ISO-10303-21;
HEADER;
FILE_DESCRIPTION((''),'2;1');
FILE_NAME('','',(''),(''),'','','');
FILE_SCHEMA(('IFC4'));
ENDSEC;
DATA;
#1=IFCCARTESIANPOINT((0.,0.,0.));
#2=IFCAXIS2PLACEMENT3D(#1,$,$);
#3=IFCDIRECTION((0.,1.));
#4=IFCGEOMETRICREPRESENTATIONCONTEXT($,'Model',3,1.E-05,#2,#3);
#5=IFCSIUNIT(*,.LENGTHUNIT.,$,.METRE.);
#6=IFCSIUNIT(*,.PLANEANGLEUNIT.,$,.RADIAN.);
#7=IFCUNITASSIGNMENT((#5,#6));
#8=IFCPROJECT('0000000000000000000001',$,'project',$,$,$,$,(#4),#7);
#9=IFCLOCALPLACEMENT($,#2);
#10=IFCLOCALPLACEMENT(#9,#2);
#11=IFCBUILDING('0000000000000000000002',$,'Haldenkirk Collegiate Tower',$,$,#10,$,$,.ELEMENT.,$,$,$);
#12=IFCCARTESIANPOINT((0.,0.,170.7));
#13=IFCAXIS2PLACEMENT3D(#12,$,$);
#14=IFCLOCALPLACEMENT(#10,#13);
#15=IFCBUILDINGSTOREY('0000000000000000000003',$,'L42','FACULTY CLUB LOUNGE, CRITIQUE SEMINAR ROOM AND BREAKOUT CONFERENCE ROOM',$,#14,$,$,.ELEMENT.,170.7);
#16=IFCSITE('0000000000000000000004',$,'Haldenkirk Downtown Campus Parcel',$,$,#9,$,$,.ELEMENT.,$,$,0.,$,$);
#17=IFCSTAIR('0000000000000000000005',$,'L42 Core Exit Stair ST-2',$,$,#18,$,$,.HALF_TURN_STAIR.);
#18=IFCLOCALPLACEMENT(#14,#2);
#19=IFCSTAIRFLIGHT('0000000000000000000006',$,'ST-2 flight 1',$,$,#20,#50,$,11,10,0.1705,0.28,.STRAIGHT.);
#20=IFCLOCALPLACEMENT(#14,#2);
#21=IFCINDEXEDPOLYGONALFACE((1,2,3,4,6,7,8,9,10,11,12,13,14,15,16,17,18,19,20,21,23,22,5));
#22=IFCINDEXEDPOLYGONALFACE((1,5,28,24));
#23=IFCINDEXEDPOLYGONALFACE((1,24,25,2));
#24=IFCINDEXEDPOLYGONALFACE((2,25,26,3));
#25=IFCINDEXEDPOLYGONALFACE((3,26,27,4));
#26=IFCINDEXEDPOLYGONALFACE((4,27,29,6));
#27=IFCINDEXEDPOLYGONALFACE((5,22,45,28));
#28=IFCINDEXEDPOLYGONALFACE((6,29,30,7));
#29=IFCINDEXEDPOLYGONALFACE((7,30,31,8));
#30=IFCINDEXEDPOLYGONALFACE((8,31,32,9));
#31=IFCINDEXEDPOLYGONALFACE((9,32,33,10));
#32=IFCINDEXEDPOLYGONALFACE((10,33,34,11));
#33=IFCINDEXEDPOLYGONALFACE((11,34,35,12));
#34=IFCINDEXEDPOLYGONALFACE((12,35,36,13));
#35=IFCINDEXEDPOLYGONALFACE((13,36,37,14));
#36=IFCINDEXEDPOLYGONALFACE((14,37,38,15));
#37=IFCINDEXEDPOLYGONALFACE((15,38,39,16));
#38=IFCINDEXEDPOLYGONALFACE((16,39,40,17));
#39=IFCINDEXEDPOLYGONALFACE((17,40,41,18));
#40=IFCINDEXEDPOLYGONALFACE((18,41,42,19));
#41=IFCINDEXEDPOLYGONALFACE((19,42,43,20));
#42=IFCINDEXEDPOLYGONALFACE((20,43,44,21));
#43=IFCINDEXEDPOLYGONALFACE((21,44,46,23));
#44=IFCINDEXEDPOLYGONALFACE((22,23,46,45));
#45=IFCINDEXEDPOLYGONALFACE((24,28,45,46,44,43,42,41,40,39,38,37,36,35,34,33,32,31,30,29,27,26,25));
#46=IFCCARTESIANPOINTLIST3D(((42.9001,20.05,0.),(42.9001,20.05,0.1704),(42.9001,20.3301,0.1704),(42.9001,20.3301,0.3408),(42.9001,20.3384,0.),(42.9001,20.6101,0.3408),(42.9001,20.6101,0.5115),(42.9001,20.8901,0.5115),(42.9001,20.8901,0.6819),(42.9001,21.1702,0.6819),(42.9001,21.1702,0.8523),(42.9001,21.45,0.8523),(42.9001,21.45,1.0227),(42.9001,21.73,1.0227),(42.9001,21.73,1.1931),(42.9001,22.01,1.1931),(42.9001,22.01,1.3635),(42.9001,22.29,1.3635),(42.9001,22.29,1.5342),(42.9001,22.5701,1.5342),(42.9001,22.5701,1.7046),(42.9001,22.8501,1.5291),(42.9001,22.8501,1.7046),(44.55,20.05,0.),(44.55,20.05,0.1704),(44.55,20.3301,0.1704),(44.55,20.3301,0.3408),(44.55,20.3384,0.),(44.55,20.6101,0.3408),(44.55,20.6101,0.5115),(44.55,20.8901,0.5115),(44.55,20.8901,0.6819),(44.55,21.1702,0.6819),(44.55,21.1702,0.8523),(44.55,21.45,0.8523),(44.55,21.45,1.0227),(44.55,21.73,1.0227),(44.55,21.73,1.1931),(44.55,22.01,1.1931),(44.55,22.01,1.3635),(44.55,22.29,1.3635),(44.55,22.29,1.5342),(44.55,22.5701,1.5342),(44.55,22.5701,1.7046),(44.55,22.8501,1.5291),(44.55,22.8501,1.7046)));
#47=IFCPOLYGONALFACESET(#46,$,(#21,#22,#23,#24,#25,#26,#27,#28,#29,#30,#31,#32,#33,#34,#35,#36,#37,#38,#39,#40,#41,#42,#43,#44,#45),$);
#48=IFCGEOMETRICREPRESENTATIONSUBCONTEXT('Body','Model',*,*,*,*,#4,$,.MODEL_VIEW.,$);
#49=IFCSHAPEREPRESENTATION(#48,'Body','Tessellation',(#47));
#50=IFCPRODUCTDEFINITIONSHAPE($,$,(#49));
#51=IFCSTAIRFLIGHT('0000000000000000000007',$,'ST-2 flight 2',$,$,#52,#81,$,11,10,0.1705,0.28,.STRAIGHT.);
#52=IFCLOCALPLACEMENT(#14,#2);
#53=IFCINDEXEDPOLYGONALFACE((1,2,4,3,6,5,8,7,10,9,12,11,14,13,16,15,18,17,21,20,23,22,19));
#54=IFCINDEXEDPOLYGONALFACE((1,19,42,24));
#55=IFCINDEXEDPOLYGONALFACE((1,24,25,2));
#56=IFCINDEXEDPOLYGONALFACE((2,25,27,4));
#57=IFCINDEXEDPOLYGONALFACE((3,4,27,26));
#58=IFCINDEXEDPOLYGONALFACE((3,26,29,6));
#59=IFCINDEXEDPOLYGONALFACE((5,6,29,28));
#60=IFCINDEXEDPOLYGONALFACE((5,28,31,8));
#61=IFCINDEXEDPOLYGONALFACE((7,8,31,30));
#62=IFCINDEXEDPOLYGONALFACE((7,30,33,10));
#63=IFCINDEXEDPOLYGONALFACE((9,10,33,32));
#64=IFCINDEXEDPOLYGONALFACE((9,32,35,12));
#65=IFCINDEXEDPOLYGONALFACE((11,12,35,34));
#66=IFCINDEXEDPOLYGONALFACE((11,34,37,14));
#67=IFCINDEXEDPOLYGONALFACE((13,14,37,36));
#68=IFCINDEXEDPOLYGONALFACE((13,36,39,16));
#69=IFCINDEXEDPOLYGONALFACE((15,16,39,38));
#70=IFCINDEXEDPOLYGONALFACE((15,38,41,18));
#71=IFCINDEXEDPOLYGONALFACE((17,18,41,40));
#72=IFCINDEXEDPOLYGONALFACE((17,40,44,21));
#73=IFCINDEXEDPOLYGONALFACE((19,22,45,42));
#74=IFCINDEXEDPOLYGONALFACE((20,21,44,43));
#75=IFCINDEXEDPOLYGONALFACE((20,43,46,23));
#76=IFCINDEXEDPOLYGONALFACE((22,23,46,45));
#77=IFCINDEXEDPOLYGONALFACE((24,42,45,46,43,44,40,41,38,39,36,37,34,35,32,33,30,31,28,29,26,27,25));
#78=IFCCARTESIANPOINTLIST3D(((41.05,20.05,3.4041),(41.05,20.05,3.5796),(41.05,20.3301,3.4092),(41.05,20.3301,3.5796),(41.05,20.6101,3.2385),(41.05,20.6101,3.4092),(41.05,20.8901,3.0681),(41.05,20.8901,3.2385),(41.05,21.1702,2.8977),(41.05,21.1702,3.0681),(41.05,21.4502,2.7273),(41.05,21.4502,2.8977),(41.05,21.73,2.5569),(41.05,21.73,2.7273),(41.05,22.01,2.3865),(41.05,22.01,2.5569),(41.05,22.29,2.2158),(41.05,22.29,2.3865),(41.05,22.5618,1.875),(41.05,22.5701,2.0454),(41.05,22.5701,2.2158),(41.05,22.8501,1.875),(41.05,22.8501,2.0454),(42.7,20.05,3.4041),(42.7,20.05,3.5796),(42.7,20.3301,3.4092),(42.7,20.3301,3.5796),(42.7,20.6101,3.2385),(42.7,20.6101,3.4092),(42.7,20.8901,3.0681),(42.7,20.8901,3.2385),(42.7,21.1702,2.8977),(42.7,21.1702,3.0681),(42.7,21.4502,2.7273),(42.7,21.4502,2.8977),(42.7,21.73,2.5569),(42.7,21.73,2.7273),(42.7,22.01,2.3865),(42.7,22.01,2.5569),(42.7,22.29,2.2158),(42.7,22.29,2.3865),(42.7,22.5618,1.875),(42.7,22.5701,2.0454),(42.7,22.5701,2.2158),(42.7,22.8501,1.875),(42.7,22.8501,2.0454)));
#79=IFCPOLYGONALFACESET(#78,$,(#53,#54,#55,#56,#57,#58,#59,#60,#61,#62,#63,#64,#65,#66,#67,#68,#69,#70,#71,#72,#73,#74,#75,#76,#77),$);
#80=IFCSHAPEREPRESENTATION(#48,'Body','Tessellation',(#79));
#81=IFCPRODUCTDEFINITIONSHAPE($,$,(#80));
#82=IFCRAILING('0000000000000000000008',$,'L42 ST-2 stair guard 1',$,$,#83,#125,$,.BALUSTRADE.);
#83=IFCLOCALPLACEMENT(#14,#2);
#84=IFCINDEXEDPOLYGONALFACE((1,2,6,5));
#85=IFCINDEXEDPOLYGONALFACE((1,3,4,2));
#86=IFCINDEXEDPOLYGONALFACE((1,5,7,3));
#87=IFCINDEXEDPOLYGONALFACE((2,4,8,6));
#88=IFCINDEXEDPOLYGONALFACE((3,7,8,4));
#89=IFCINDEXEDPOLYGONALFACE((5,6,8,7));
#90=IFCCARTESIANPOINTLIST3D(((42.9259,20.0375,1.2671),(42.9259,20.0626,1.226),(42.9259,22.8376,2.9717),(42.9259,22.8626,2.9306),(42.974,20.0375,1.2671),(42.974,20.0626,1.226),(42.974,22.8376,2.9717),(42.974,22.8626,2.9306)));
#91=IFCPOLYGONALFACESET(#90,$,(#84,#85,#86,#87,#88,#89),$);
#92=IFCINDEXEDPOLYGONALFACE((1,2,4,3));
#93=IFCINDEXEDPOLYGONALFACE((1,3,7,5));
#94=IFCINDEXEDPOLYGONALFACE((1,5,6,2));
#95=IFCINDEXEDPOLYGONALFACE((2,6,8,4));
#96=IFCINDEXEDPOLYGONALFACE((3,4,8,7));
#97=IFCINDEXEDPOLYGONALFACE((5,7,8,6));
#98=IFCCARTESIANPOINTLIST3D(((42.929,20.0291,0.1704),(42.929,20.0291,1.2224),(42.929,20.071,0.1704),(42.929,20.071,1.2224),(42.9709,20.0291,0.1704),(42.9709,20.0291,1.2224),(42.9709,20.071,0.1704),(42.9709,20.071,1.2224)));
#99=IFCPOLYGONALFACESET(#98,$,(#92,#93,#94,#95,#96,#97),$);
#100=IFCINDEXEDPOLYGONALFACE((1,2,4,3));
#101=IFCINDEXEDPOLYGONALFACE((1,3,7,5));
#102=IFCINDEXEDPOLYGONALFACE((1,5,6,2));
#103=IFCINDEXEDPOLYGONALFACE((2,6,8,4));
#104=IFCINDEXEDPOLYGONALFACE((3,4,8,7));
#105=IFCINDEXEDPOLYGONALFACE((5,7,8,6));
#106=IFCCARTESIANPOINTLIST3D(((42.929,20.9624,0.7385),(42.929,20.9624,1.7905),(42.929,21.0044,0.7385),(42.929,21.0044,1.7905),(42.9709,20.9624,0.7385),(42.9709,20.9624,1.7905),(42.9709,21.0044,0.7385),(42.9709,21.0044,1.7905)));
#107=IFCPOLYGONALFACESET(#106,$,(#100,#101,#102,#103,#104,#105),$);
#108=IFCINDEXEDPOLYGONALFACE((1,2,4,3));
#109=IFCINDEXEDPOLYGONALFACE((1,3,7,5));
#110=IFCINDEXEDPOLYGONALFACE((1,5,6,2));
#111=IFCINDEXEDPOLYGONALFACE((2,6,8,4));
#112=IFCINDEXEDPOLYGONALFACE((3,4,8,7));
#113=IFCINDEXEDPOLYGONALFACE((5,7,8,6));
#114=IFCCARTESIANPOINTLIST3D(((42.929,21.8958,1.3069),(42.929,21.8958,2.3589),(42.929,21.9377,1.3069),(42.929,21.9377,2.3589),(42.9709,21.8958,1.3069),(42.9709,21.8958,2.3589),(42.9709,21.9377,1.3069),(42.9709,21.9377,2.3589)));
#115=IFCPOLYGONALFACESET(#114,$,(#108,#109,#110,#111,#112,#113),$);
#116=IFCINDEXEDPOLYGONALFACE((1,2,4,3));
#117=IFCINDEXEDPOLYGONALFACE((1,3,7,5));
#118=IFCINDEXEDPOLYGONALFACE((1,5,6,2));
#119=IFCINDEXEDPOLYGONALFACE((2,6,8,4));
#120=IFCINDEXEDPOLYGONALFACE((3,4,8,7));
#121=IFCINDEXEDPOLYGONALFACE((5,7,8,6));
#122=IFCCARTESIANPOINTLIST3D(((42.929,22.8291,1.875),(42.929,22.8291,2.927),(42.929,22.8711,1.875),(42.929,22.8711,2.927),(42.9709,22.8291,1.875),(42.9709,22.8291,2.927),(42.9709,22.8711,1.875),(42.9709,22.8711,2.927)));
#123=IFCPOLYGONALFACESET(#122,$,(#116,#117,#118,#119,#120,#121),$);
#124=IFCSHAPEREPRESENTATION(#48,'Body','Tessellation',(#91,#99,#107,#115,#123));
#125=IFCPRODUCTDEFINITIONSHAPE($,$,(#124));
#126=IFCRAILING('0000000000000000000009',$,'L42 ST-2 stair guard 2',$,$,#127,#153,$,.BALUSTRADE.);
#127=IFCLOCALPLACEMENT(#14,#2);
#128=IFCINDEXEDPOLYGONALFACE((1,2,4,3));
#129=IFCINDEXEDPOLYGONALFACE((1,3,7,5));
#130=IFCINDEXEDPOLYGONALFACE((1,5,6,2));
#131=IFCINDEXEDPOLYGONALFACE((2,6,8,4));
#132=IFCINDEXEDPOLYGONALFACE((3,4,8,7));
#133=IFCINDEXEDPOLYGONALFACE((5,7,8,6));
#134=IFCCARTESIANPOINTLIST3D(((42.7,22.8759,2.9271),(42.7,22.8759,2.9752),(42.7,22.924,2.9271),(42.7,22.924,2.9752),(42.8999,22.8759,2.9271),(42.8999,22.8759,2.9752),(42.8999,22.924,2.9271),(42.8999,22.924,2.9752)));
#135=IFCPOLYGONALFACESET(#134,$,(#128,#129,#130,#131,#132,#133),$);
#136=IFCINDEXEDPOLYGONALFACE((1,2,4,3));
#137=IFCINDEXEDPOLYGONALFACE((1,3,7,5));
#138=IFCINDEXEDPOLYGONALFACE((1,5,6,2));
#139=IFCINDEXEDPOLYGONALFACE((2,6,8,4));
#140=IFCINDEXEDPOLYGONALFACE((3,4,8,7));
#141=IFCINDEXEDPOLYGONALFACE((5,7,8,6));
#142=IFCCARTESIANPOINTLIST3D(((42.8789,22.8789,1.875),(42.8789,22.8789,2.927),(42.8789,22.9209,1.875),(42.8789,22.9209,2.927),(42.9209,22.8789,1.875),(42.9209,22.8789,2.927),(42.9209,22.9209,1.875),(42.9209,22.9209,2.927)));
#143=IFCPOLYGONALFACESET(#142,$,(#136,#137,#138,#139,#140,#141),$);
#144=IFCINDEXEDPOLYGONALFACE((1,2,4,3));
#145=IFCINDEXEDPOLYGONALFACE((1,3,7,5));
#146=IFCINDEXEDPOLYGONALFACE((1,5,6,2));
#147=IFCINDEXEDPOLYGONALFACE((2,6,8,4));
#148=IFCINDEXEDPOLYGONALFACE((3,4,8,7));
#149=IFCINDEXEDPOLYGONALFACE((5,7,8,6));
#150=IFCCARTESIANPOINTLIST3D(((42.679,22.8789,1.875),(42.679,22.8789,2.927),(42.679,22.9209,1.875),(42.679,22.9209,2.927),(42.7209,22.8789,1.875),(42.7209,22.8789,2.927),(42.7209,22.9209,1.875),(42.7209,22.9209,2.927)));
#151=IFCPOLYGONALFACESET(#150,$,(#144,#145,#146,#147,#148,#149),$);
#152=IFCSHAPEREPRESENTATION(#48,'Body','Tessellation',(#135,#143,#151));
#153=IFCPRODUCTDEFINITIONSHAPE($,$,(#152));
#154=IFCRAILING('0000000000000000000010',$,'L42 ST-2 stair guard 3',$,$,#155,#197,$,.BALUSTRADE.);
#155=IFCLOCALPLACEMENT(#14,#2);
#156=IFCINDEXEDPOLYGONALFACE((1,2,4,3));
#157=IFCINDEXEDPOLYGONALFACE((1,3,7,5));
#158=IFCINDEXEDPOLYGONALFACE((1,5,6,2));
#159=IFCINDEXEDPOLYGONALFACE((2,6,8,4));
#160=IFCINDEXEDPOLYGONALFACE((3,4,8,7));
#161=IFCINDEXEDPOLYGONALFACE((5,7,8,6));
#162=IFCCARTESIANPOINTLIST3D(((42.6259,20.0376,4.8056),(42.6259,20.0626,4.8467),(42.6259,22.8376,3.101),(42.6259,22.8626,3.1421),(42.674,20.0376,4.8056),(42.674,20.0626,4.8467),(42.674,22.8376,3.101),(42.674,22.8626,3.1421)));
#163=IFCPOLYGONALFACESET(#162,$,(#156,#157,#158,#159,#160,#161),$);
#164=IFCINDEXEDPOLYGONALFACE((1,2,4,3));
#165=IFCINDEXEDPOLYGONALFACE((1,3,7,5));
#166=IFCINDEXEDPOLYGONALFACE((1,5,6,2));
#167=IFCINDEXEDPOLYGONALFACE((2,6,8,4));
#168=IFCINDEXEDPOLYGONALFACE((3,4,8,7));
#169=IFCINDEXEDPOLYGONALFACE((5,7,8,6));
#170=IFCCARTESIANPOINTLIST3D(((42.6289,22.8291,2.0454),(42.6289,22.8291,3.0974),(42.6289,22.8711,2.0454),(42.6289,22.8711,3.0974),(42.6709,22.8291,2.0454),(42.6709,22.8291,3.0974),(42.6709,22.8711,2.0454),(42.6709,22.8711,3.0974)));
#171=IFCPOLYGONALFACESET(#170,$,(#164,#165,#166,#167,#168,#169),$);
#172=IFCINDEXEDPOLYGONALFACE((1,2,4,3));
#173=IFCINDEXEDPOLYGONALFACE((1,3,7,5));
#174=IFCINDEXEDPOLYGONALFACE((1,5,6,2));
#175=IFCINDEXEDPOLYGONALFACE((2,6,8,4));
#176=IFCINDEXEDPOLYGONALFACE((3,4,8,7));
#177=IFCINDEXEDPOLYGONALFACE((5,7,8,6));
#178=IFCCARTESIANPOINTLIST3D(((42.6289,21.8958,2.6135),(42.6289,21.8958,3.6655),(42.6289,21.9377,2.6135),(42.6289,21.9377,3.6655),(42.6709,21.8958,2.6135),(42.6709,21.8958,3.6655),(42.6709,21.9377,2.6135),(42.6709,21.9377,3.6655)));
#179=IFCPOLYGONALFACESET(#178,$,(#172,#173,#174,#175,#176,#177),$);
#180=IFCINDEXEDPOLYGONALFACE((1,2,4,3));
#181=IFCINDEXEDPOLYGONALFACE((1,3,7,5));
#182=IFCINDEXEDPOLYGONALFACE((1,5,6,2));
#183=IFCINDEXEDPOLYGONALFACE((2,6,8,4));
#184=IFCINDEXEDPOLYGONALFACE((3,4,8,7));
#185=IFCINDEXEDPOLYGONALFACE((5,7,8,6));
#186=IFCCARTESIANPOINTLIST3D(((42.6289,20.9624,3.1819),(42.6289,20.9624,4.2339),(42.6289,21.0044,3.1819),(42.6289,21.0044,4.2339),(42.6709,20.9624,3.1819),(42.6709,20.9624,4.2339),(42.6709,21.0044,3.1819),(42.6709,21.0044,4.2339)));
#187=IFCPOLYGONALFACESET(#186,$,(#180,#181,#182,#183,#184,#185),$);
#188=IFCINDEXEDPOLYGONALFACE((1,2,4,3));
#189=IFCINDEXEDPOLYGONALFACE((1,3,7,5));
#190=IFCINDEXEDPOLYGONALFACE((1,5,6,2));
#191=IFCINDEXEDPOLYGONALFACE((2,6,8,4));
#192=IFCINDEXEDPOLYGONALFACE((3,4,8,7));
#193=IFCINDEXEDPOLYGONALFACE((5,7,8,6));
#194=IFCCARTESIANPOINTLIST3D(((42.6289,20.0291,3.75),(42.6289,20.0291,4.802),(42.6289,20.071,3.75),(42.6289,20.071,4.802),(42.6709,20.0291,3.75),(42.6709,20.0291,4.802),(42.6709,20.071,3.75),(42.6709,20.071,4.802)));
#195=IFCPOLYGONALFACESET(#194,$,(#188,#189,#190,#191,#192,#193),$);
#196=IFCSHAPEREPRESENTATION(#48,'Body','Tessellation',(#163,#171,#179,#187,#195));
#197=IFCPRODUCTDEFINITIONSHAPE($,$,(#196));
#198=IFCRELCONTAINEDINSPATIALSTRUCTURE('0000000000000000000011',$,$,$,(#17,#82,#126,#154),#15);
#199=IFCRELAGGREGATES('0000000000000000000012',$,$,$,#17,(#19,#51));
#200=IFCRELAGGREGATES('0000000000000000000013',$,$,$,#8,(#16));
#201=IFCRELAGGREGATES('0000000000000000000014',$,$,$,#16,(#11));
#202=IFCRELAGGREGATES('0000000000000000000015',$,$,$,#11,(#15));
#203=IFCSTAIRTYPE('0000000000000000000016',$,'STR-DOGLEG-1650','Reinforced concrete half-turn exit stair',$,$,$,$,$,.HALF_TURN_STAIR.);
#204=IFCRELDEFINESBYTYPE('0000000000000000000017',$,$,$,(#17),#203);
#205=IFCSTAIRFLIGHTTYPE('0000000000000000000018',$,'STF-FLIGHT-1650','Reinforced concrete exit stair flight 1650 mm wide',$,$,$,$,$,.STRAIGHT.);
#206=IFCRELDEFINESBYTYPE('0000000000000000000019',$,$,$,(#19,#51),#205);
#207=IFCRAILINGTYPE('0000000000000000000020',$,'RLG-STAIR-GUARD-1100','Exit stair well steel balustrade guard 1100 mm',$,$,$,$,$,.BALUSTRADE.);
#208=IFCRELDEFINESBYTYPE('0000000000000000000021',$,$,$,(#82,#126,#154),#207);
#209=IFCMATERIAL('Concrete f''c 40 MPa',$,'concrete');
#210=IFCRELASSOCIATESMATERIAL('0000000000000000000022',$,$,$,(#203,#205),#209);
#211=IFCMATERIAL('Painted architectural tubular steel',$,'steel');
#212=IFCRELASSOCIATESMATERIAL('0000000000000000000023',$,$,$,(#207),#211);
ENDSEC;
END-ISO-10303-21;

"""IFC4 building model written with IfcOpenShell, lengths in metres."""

from ifc_helpers import new_model, si_unit, direction, frame, origin, origin_2d, place, context, subcontext, project, spatial, polyline, rectangle, outline, extrude, material, type_object, element, aggregate, save


model = new_model("IFC4")

# Units and contexts
model_context = context("Model", 3, precision=1e-05, world=origin(), true_north=direction((0.0, 1.0)))
body_context = subcontext(model_context, "Body", "Model", "MODEL_VIEW")
ifc_project = project(units=[si_unit("LENGTHUNIT", "METRE"), si_unit("PLANEANGLEUNIT", "RADIAN")], contexts=[model_context])

# Site, building, storey
site_placement = place(None, origin())
site = spatial("IfcSite", under=ifc_project, at=site_placement, Name="Haldenkirk Downtown Campus Parcel", CompositionType="ELEMENT", RefElevation=0.0)
building_placement = place(site_placement, origin())
building = spatial("IfcBuilding", under=site, at=building_placement, Name="Haldenkirk Collegiate Tower", CompositionType="ELEMENT")
storey_placement = place(building_placement, frame((0.0, 0.0, 170.7)))
storey = spatial("IfcBuildingStorey", under=building, at=storey_placement, Name="L42", Description="FACULTY CLUB LOUNGE, CRITIQUE SEMINAR ROOM AND BREAKOUT CONFERENCE ROOM", CompositionType="ELEMENT", Elevation=170.7)

# Stair, stair flights
ifc_material_1 = material(Name="Concrete f'c 40 MPa", Category="concrete")
stair_type = type_object("IfcStairType", Name="STR-DOGLEG-1650", Description="Reinforced concrete half-turn exit stair", PredefinedType="HALF_TURN_STAIR", material=ifc_material_1)
stair_placement = place(storey_placement, origin())
stair = element("IfcStair", 1, at=stair_placement, inside=storey, type_object=stair_type, Name="L42 Core Exit Stair ST-2", PredefinedType="HALF_TURN_STAIR")
stair_flight_type = type_object("IfcStairFlightType", Name="STF-FLIGHT-1650", Description="Reinforced concrete exit stair flight 1650 mm wide", PredefinedType="STRAIGHT", material=ifc_material_1)
stair_flight_1_placement = place(storey_placement, frame((43.7251, 20.05, 0.0), z_axis=(0.0, 0.0, 1.0), x_axis=(0.0, 1.0, 0.0)))
stair_flight_1 = element("IfcStairFlight", 2, at=stair_flight_1_placement, type_object=stair_flight_type, Name="ST-2 flight 1", NumberOfRisers=11, NumberOfTreads=10, PredefinedType="STRAIGHT", RiserHeight=0.1705, TreadLength=0.28, context=body_context, shape_type="SweptSolid", body=[
    extrude(outline(polyline([(0.0, 0.0), (0.0, 0.1704), (0.28, 0.1704), (0.28, 0.3408), (0.5601, 0.3408), (0.5601, 0.5115), (0.8401, 0.5115), (0.8401, 0.6819), (1.1201, 0.6819), (1.1201, 0.8523), (1.3999, 0.8523), (1.3999, 1.0227), (1.6799, 1.0227), (1.6799, 1.1931), (1.96, 1.1931), (1.96, 1.3635), (2.24, 1.3635), (2.24, 1.5342), (2.52, 1.5342), (2.52, 1.7046), (2.8, 1.7046), (2.8, 1.875), (2.8, 1.5291), (0.2883, 0.0), (0.0, 0.0)])), frame((0.0, 0.825, 0.0), z_axis=(0.0, -1.0, 0.0), x_axis=(1.0, 0.0, 0.0)), (0.0, 0.0, 1.0), 1.6499),
])
stair_flight_2_placement = place(storey_placement, frame((41.875, 22.8501, 1.875), z_axis=(0.0, 0.0, 1.0), x_axis=(0.0, -1.0, 0.0)))
stair_flight_2 = element("IfcStairFlight", 3, at=stair_flight_2_placement, type_object=stair_flight_type, Name="ST-2 flight 2", NumberOfRisers=11, NumberOfTreads=10, PredefinedType="STRAIGHT", RiserHeight=0.1705, TreadLength=0.28, context=body_context, shape_type="SweptSolid", body=[
    extrude(outline(polyline([(0.0, 0.0), (0.0, 0.1704), (0.28, 0.1704), (0.28, 0.3408), (0.5601, 0.3408), (0.5601, 0.5115), (0.8401, 0.5115), (0.8401, 0.6819), (1.1201, 0.6819), (1.1201, 0.8523), (1.3999, 0.8523), (1.3999, 1.0227), (1.6799, 1.0227), (1.6799, 1.1931), (1.96, 1.1931), (1.96, 1.3635), (2.24, 1.3635), (2.24, 1.5342), (2.52, 1.5342), (2.52, 1.7046), (2.8, 1.7046), (2.8, 1.875), (2.8, 1.5291), (0.2883, 0.0), (0.0, 0.0)])), frame((0.0, 0.825, 0.0), z_axis=(0.0, -1.0, 0.0), x_axis=(1.0, 0.0, 0.0)), (0.0, 0.0, 1.0), 1.6499),
])
aggregate(stair, [stair_flight_1, stair_flight_2])

# Railings
ifc_material_2 = material(Name="Painted architectural tubular steel", Category="steel")
railing_type_1 = type_object("IfcRailingType", Name="RLG-STAIR-GUARD-1100", Description="Exit stair well steel balustrade guard 1100 mm", PredefinedType="BALUSTRADE", material=ifc_material_2)
railing_1_placement = place(storey_placement, frame((42.95, 20.05, 0.1704)))
element("IfcRailing", 4, at=railing_1_placement, inside=storey, type_object=railing_type_1, Name="L42 ST-2 stair guard 1", PredefinedType="BALUSTRADE", context=body_context, shape_type="SweptSolid", body=[
    extrude(rectangle(XDim=0.0481, YDim=0.0481, at=origin_2d()), frame((0.0, 0.0, 1.0762), z_axis=(0.0, 0.85417, 0.519994), x_axis=(-1.0, 0.0, 0.0)), (0.0, 0.0, 1.0), 3.2781),
    extrude(rectangle(XDim=0.042, YDim=0.042, at=origin_2d()), origin(), (0.0, 0.0, 1.0), 1.052),
    extrude(rectangle(XDim=0.042, YDim=0.042, at=origin_2d()), frame((0.0, 0.9333, 0.5681)), (0.0, 0.0, 1.0), 1.052),
    extrude(rectangle(XDim=0.042, YDim=0.042, at=origin_2d()), frame((0.0, 1.8667, 1.1365)), (0.0, 0.0, 1.0), 1.052),
    extrude(rectangle(XDim=0.042, YDim=0.042, at=origin_2d()), frame((0.0, 2.8, 1.7046)), (0.0, 0.0, 1.0), 1.052),
])
railing_2_placement = place(storey_placement, frame((42.8999, 22.8999, 1.875)))
element("IfcRailing", 5, at=railing_2_placement, inside=storey, type_object=railing_type_1, Name="L42 ST-2 stair guard 2", PredefinedType="BALUSTRADE", context=body_context, shape_type="SweptSolid", body=[
    extrude(rectangle(XDim=0.0481, YDim=0.0481, at=origin_2d()), frame((0.0, 0.0, 1.0762), z_axis=(-1.0, 0.0, 0.0), x_axis=(0.0, -1.0, 0.0)), (0.0, 0.0, 1.0), 0.2),
    extrude(rectangle(XDim=0.042, YDim=0.042, at=origin_2d()), origin(), (0.0, 0.0, 1.0), 1.052),
    extrude(rectangle(XDim=0.042, YDim=0.042, at=origin_2d()), frame((-0.2, 0.0, 0.0)), (0.0, 0.0, 1.0), 1.052),
])
railing_3_placement = place(storey_placement, frame((42.6499, 22.8501, 2.0454)))
element("IfcRailing", 6, at=railing_3_placement, inside=storey, type_object=railing_type_1, Name="L42 ST-2 stair guard 3", PredefinedType="BALUSTRADE", context=body_context, shape_type="SweptSolid", body=[
    extrude(rectangle(XDim=0.0481, YDim=0.0481, at=origin_2d()), frame((0.0, 0.0, 1.0762), z_axis=(0.0, -0.85417, 0.519994), x_axis=(1.0, 0.0, 0.0)), (0.0, 0.0, 1.0), 3.2781),
    extrude(rectangle(XDim=0.042, YDim=0.042, at=origin_2d()), origin(), (0.0, 0.0, 1.0), 1.052),
    extrude(rectangle(XDim=0.042, YDim=0.042, at=origin_2d()), frame((0.0, -0.9333, 0.5681)), (0.0, 0.0, 1.0), 1.052),
    extrude(rectangle(XDim=0.042, YDim=0.042, at=origin_2d()), frame((0.0, -1.8667, 1.1365)), (0.0, 0.0, 1.0), 1.052),
    extrude(rectangle(XDim=0.042, YDim=0.042, at=origin_2d()), frame((0.0, -2.8, 1.7046)), (0.0, 0.0, 1.0), 1.052),
])

save(model, "model.ifc")
